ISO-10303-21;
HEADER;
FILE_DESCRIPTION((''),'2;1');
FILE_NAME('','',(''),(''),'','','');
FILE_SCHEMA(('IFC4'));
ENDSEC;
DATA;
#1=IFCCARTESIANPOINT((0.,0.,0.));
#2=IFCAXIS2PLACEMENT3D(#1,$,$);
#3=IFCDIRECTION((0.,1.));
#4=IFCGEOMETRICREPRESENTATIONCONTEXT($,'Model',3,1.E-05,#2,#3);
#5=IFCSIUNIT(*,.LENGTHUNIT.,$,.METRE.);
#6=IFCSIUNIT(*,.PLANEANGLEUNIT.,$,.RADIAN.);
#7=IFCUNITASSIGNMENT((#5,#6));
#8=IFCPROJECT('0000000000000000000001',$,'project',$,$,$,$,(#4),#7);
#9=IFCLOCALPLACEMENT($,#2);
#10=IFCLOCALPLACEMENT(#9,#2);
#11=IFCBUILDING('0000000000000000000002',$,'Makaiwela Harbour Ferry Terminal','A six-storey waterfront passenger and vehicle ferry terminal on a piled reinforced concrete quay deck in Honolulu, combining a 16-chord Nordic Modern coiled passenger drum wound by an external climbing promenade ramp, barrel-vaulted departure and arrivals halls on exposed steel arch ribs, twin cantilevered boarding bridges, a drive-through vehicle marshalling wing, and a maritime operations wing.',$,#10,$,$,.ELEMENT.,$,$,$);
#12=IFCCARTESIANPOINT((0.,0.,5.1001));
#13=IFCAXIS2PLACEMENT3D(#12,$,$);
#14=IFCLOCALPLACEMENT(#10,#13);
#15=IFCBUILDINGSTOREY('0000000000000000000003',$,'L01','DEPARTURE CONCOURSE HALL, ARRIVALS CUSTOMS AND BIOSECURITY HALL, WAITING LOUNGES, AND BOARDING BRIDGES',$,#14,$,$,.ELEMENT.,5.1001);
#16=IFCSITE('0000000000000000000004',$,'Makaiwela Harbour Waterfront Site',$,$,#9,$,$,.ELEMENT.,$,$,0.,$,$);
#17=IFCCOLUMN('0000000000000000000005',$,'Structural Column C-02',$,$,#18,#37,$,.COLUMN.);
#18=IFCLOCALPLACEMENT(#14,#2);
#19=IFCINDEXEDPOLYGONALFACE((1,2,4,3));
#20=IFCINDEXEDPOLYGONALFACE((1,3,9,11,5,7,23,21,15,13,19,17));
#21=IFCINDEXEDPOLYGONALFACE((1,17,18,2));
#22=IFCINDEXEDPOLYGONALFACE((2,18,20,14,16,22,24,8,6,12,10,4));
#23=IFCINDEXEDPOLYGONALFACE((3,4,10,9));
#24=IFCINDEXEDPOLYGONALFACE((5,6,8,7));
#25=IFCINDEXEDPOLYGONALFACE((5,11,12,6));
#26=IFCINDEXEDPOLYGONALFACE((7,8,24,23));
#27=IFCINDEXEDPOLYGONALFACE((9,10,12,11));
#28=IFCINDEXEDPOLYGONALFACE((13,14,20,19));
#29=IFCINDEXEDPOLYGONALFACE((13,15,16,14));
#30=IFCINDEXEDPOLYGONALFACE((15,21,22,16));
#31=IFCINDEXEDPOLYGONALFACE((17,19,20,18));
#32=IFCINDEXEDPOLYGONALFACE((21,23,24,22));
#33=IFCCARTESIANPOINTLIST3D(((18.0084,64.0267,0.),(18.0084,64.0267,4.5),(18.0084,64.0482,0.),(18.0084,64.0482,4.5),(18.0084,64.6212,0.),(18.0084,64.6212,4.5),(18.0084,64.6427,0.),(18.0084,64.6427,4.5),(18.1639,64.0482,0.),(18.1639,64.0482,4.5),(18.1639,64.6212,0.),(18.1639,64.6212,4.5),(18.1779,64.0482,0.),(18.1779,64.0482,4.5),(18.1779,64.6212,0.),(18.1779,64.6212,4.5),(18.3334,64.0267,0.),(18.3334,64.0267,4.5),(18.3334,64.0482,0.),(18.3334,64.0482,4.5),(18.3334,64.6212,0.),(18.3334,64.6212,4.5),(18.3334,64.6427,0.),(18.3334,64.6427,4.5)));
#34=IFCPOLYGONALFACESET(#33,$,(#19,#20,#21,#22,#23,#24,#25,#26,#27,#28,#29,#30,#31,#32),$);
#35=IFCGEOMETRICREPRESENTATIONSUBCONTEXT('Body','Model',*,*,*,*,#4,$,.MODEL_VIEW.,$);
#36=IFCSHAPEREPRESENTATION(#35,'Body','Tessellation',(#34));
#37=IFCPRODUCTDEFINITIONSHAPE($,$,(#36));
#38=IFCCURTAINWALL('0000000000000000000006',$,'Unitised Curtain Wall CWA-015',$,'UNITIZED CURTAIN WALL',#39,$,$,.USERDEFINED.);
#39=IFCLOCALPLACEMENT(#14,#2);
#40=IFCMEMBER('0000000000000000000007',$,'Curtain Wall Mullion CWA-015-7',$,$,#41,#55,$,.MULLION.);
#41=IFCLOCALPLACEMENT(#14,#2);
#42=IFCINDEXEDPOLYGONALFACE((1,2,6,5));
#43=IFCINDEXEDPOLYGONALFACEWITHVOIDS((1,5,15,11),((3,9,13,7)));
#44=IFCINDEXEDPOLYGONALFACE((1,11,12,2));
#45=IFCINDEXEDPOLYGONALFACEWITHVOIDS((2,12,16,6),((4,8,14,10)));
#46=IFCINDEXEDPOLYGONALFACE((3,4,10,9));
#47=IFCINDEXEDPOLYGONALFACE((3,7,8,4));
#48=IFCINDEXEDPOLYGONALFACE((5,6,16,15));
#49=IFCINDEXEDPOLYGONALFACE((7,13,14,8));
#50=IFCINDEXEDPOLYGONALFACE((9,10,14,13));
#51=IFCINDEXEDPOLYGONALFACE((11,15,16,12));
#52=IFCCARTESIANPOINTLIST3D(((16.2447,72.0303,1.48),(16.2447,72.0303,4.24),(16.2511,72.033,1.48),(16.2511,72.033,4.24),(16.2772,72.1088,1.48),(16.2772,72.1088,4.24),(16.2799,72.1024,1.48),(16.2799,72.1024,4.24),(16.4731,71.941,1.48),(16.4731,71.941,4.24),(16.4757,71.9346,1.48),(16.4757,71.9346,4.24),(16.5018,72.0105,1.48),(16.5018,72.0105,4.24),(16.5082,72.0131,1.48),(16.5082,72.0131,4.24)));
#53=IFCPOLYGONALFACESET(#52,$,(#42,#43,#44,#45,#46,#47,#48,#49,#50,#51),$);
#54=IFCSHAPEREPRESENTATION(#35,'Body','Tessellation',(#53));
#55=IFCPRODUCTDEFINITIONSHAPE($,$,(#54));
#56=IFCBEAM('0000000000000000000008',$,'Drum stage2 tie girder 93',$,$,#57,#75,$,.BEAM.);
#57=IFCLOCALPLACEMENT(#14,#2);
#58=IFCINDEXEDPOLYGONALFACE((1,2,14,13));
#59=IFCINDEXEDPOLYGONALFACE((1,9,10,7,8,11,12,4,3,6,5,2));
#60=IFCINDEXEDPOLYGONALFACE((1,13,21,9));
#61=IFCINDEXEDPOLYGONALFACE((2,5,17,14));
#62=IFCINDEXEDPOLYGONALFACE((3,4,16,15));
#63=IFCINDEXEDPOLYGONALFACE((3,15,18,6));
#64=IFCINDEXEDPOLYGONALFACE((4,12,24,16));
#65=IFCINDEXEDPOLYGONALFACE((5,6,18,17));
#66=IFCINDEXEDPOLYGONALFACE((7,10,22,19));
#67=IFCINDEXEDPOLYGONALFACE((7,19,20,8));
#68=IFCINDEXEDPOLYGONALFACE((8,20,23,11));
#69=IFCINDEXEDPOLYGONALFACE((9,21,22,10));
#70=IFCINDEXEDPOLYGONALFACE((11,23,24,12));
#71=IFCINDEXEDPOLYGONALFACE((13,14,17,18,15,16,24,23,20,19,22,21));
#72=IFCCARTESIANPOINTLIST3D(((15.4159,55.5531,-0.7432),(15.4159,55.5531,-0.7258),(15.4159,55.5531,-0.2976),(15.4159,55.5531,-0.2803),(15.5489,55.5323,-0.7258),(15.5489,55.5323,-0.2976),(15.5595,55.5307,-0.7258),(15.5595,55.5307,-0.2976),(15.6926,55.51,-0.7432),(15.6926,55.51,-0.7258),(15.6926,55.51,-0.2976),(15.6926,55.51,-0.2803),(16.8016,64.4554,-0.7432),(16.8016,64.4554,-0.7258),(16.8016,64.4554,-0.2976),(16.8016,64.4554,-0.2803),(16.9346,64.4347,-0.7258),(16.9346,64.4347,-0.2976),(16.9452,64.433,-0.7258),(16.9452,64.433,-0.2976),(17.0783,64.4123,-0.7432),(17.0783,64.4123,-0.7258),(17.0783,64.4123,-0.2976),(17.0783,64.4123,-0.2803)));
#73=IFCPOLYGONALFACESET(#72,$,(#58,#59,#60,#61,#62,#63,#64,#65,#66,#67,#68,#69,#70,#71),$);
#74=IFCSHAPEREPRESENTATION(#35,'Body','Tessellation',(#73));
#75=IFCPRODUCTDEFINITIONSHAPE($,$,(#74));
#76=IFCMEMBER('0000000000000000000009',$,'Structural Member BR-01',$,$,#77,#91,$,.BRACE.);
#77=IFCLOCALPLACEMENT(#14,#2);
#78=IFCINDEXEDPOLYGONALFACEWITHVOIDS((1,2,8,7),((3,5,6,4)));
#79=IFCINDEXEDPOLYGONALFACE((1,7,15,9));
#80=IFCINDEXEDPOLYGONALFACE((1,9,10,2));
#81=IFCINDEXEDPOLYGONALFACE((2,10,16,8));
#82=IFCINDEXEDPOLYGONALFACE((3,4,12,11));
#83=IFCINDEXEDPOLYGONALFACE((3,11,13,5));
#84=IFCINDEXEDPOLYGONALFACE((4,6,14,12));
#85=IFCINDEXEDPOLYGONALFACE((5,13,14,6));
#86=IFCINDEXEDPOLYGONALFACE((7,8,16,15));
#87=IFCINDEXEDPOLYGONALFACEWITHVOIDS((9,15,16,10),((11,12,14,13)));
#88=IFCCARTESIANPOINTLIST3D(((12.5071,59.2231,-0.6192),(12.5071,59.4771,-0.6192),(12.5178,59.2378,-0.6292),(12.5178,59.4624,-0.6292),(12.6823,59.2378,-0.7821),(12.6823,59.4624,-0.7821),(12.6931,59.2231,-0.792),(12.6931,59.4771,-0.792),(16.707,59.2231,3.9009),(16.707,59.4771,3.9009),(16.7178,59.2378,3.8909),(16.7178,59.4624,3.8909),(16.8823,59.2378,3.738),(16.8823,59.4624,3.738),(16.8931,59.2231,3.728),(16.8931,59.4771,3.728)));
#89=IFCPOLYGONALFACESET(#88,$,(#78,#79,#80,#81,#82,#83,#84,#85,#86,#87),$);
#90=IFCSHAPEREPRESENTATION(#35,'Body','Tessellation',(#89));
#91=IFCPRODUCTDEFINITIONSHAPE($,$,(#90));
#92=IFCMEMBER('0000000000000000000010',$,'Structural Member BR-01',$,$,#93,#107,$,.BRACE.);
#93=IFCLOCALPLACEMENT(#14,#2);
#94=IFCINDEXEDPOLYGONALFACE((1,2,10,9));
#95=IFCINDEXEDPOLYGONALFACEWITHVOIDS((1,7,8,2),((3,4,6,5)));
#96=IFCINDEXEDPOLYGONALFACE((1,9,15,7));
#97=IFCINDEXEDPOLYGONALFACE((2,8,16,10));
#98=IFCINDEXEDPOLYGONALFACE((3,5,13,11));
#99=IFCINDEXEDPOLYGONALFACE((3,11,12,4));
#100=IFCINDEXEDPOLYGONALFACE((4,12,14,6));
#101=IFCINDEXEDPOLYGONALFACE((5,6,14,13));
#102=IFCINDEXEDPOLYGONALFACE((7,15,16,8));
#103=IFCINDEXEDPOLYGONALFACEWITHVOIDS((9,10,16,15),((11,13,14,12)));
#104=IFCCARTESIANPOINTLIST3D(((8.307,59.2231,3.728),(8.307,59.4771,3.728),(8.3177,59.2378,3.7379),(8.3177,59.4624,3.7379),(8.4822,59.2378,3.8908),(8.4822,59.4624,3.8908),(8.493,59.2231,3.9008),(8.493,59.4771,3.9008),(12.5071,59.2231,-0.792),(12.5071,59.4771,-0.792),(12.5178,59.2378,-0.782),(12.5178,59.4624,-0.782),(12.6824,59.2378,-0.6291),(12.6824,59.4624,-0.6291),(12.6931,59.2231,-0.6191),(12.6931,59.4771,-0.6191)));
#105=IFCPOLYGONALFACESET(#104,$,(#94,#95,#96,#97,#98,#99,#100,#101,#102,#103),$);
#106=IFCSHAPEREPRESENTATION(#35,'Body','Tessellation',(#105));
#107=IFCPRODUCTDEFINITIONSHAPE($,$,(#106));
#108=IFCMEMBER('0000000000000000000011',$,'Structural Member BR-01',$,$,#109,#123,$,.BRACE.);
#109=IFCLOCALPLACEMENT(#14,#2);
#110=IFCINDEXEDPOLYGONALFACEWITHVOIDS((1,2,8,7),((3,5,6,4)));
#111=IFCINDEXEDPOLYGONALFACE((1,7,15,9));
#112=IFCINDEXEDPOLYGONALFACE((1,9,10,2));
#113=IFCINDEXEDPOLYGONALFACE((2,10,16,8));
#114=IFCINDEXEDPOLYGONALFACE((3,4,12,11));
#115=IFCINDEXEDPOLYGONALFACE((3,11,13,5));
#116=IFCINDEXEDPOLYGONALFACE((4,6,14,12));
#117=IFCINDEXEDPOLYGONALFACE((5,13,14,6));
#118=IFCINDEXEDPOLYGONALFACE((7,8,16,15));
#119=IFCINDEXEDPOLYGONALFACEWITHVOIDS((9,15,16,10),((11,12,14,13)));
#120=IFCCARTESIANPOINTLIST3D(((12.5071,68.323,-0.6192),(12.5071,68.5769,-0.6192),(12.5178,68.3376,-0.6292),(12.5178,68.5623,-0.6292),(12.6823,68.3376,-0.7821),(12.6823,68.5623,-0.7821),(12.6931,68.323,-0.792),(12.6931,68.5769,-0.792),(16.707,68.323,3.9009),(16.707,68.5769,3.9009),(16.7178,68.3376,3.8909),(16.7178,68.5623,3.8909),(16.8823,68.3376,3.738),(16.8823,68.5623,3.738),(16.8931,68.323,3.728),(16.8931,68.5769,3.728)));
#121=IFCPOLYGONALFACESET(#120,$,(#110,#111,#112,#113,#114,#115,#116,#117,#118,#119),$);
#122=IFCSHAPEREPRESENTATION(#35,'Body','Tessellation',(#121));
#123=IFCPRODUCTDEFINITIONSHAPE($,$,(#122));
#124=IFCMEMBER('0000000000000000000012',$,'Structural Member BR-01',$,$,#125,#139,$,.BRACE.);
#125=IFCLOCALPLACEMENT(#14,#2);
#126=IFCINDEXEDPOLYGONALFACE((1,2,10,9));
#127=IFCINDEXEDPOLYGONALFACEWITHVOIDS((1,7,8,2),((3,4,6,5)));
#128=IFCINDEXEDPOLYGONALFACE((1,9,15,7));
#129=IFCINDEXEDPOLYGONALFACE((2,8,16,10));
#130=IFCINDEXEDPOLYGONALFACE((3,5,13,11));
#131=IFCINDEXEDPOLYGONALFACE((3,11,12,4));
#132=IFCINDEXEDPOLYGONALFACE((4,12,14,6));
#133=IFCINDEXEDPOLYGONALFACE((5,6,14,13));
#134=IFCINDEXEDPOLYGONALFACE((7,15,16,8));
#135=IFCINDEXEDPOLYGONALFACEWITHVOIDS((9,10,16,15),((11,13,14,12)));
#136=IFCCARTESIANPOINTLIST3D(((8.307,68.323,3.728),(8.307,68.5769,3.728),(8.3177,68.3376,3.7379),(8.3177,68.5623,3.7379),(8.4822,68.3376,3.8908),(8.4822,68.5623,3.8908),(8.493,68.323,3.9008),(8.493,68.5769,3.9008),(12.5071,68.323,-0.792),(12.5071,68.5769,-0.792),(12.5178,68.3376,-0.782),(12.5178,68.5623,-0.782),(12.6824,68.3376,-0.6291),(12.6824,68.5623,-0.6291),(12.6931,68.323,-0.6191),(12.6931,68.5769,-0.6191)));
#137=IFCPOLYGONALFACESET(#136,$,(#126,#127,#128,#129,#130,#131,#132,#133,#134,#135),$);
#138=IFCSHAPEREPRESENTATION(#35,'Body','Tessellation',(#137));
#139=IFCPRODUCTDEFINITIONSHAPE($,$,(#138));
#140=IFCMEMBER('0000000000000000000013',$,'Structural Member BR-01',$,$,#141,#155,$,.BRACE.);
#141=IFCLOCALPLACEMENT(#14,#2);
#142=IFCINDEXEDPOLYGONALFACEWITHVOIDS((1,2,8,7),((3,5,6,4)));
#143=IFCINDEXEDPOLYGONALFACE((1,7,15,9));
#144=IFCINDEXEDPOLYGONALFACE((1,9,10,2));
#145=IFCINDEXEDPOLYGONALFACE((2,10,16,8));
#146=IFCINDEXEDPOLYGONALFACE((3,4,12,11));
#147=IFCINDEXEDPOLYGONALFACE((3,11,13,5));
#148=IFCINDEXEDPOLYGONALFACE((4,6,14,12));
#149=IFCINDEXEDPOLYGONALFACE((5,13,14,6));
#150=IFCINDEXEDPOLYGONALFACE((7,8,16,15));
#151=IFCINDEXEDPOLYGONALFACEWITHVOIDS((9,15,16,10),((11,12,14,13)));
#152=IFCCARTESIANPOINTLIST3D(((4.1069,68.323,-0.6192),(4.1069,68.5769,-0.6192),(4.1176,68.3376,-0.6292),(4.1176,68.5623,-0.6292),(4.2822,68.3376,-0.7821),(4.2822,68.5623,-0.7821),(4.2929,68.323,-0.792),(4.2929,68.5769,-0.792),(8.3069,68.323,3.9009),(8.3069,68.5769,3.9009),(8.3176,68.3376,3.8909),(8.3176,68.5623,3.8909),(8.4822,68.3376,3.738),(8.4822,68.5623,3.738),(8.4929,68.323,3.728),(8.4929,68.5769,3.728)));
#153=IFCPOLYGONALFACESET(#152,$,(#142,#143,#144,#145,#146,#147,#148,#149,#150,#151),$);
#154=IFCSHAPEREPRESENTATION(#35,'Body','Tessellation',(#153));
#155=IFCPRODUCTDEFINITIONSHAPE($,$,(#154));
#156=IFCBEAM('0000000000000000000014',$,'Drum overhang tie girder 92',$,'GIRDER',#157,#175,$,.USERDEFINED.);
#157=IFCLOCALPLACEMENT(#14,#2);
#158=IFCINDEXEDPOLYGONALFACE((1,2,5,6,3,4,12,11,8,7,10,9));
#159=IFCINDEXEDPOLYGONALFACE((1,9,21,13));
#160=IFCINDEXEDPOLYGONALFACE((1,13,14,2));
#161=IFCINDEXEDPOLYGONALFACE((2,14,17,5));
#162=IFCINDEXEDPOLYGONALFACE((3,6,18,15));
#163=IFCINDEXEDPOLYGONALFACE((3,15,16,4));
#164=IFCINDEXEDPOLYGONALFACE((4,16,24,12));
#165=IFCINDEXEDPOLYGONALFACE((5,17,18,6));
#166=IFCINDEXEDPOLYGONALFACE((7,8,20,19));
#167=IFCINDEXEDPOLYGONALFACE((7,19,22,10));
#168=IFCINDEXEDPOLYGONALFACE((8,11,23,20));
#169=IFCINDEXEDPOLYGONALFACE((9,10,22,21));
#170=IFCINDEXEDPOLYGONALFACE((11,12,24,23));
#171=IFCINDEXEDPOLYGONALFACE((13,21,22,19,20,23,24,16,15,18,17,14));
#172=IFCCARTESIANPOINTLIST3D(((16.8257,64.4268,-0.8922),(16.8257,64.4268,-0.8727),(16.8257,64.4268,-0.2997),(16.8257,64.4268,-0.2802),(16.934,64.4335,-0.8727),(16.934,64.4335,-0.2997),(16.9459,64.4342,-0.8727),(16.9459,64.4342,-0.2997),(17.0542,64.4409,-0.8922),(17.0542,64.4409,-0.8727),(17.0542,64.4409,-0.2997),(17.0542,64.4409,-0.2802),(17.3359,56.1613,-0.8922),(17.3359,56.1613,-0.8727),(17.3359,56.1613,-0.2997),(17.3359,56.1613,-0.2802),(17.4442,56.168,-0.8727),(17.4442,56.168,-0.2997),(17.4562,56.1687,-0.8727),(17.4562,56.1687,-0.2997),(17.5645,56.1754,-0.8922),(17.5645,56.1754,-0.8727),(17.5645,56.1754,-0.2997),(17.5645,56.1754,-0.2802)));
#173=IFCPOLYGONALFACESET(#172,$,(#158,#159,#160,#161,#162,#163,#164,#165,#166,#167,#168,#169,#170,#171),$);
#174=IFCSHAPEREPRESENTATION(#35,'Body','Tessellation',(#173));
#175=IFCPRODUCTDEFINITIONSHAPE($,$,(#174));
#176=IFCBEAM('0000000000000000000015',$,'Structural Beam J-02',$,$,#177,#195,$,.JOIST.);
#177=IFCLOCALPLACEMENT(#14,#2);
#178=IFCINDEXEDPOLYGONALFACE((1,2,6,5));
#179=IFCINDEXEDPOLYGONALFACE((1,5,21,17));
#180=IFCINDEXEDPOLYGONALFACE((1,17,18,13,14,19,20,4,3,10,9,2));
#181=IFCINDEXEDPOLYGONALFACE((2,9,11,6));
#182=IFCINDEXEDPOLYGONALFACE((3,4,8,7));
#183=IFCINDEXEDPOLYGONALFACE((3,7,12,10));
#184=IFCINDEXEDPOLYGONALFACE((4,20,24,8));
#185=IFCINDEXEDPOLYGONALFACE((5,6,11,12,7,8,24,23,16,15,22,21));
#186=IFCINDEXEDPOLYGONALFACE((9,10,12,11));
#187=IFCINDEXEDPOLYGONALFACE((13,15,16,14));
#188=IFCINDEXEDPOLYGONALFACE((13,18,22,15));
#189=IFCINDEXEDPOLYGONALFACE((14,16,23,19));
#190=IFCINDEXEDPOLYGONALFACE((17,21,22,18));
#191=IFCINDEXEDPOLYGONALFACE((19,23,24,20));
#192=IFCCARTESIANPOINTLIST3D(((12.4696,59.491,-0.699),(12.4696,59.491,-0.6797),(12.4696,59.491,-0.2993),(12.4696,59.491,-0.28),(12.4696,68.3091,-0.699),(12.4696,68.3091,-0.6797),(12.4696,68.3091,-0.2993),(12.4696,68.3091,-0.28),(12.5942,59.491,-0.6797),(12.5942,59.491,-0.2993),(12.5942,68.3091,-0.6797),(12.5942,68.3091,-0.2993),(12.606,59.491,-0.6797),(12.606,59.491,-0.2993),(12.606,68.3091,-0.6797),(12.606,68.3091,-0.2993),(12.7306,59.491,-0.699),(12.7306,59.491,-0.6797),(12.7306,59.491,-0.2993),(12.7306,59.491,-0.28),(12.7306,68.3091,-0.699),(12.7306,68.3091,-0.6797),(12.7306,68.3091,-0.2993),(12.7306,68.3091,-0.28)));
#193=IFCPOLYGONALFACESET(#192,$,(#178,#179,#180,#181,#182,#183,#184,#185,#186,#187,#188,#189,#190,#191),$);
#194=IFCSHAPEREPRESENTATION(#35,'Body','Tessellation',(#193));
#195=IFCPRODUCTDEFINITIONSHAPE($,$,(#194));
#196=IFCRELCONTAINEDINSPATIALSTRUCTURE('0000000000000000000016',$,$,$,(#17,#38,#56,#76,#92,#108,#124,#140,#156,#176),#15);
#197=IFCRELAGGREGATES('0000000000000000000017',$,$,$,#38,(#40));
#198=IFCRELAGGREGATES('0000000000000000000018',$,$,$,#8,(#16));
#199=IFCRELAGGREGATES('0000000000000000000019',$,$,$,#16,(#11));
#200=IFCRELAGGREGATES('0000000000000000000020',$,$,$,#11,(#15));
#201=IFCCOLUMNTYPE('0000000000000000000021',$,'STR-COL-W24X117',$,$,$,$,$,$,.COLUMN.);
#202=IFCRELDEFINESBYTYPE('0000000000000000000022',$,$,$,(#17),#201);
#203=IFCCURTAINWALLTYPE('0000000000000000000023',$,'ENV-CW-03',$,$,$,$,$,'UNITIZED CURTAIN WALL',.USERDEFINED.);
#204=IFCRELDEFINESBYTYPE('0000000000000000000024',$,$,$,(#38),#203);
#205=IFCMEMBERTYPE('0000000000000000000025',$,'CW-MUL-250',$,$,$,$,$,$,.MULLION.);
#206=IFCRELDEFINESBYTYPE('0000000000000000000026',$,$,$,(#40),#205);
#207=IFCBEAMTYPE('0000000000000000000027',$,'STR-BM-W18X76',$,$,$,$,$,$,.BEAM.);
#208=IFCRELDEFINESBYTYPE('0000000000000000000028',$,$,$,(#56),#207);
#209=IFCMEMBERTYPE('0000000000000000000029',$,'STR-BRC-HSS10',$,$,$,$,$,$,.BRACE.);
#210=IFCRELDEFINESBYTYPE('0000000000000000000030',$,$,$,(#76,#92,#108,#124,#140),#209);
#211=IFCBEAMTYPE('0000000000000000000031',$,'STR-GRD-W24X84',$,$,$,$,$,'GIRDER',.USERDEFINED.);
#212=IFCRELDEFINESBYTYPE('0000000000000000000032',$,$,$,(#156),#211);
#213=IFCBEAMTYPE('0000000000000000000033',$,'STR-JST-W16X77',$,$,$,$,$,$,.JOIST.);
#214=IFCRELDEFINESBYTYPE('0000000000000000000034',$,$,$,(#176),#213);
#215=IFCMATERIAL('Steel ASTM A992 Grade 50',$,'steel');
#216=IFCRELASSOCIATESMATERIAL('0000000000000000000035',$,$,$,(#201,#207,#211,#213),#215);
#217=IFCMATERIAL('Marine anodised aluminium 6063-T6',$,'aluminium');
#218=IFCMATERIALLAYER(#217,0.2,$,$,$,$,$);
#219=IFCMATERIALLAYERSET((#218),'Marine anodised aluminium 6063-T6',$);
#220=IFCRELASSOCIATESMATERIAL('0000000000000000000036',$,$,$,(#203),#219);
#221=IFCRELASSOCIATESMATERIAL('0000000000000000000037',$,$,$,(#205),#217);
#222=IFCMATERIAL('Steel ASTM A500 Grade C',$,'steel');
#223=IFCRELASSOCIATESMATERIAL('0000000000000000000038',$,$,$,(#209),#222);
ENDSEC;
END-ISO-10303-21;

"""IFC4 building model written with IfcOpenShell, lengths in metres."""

from ifc_helpers import new_model, si_unit, direction, frame, origin, origin_2d, place, context, subcontext, project, spatial, hollow_rectangle, i_section, extrude, material, layer, layer_set, material_profile, profile_set, type_object, element, aggregate, save


model = new_model("IFC4")

# Units and contexts
model_context = context("Model", 3, precision=1e-05, world=origin(), true_north=direction((0.0, 1.0)))
body_context = subcontext(model_context, "Body", "Model", "MODEL_VIEW")
ifc_project = project(units=[si_unit("LENGTHUNIT", "METRE"), si_unit("PLANEANGLEUNIT", "RADIAN")], contexts=[model_context])

# Site, building, storey
site_placement = place(None, origin())
site = spatial("IfcSite", under=ifc_project, at=site_placement, Name="Makaiwela Harbour Waterfront Site", CompositionType="ELEMENT", RefElevation=0.0)
building_placement = place(site_placement, origin())
building = spatial("IfcBuilding", under=site, at=building_placement, Name="Makaiwela Harbour Ferry Terminal", Description="A six-storey waterfront passenger and vehicle ferry terminal on a piled reinforced concrete quay deck in Honolulu, combining a 16-chord Nordic Modern coiled passenger drum wound by an external climbing promenade ramp, barrel-vaulted departure and arrivals halls on exposed steel arch ribs, twin cantilevered boarding bridges, a drive-through vehicle marshalling wing, and a maritime operations wing.", CompositionType="ELEMENT")
storey_placement = place(building_placement, frame((0.0, 0.0, 5.1001)))
storey = spatial("IfcBuildingStorey", under=building, at=storey_placement, Name="L01", Description="DEPARTURE CONCOURSE HALL, ARRIVALS CUSTOMS AND BIOSECURITY HALL, WAITING LOUNGES, AND BOARDING BRIDGES", CompositionType="ELEMENT", Elevation=5.1001)

# Column
ifc_material_1 = material(Name="Steel ASTM A992 Grade 50", Category="steel")
ifc_material_profile_1 = material_profile(ifc_material_1, i_section(OverallWidth=0.325, OverallDepth=0.616, WebThickness=0.0139, FlangeThickness=0.0215, at=origin_2d()), Name="W24X117")
ifc_profile_set_1 = profile_set([ifc_material_profile_1], Name="Steel ASTM A992 Grade 50")
column_type = type_object("IfcColumnType", Name="STR-COL-W24X117", PredefinedType="COLUMN", material=ifc_profile_set_1)
column_placement = place(storey_placement, frame((18.1709, 64.3347, 0.0), z_axis=(0.0, 0.0, 1.0), x_axis=(1.0, 0.0, 0.0)))
element("IfcColumn", 1, at=column_placement, inside=storey, type_object=column_type, Name="Structural Column C-02", PredefinedType="COLUMN", context=body_context, shape_type="SweptSolid", body=[
    extrude(i_section(OverallWidth=0.325, OverallDepth=0.616, WebThickness=0.0139, FlangeThickness=0.0215, at=origin_2d()), origin(), (0.0, 0.0, 1.0), 4.5),
])

# Curtain wall, member
ifc_material_2 = material(Name="Marine anodised aluminium 6063-T6", Category="aluminium")
ifc_layer_1 = layer(ifc_material_2, 0.2)
ifc_layer_set_1 = layer_set([ifc_layer_1], Name="Marine anodised aluminium 6063-T6")
curtain_wall_type = type_object("IfcCurtainWallType", Name="ENV-CW-03", ElementType="UNITIZED CURTAIN WALL", PredefinedType="USERDEFINED", material=ifc_layer_set_1)
curtain_wall_placement = place(storey_placement, origin())
curtain_wall = element("IfcCurtainWall", 2, at=curtain_wall_placement, inside=storey, type_object=curtain_wall_type, Name="Unitised Curtain Wall CWA-015", ObjectType="UNITIZED CURTAIN WALL", PredefinedType="USERDEFINED")
ifc_material_profile_2 = material_profile(ifc_material_2, hollow_rectangle(XDim=0.085, YDim=0.25, WallThickness=0.0049, at=origin_2d()), Name="CWM-250X85")
ifc_profile_set_2 = profile_set([ifc_material_profile_2], Name="Marine anodised aluminium 6063-T6")
member_type_1 = type_object("IfcMemberType", Name="CW-MUL-250", PredefinedType="MULLION", material=ifc_profile_set_2)
member_placement = place(storey_placement, frame((16.3765, 72.0217, 1.48), z_axis=(0.0, 0.0, 1.0), x_axis=(0.382683, 0.92388, 0.0)))
member = element("IfcMember", 3, at=member_placement, type_object=member_type_1, Name="Curtain Wall Mullion CWA-015-7", PredefinedType="MULLION", context=body_context, shape_type="SweptSolid", body=[
    extrude(hollow_rectangle(XDim=0.085, YDim=0.25, WallThickness=0.0049, at=origin_2d()), origin(), (0.0, 0.0, 1.0), 2.76),
])

# Beam
ifc_material_profile_3 = material_profile(ifc_material_1, i_section(OverallWidth=0.28, OverallDepth=0.4629, WebThickness=0.0107, FlangeThickness=0.0173, at=origin_2d()), Name="W18X76")
ifc_profile_set_3 = profile_set([ifc_material_profile_3], Name="Steel ASTM A992 Grade 50")
beam_type_1 = type_object("IfcBeamType", Name="STR-BM-W18X76", PredefinedType="BEAM", material=ifc_profile_set_3)
beam_1_placement = place(storey_placement, frame((16.9399, 64.4338, -0.5117), z_axis=(-0.153808, -0.988101, 0.0), x_axis=(0.988101, -0.153808, 0.0)))
element("IfcBeam", 4, at=beam_1_placement, inside=storey, type_object=beam_type_1, Name="Drum stage2 tie girder 93", PredefinedType="BEAM", context=body_context, shape_type="SweptSolid", body=[
    extrude(i_section(OverallWidth=0.28, OverallDepth=0.4629, WebThickness=0.0107, FlangeThickness=0.0173, at=origin_2d()), origin(), (0.0, 0.0, 1.0), 9.0095),
])

# Members
ifc_material_3 = material(Name="Steel ASTM A500 Grade C", Category="steel")
ifc_material_profile_4 = material_profile(ifc_material_3, hollow_rectangle(XDim=0.2539, YDim=0.2539, WallThickness=0.0146, at=origin_2d()), Name="HSS10X10X5/8")
ifc_profile_set_4 = profile_set([ifc_material_profile_4], Name="Steel ASTM A500 Grade C")
member_type_2 = type_object("IfcMemberType", Name="STR-BRC-HSS10", PredefinedType="BRACE", material=ifc_profile_set_4)
for number, where, z_axis, x_axis, name in (
    (5, (16.8, 59.3501, 3.8145), (-0.680694, 0.0, -0.732568), (0.0, -1.0, 0.0), "Structural Member BR-01"),
    (6, (12.6001, 59.3501, -0.7056), (-0.680715, 0.0, 0.732548), (0.0, -1.0, 0.0), "Structural Member BR-01"),
    (7, (16.8, 68.45, 3.8145), (-0.680694, 0.0, -0.732568), (0.0, -1.0, 0.0), "Structural Member BR-01"),
    (8, (12.6001, 68.45, -0.7056), (-0.680715, 0.0, 0.732548), (0.0, -1.0, 0.0), "Structural Member BR-01"),
    (9, (8.3999, 68.45, 3.8145), (-0.680694, 0.0, -0.732568), (0.0, -1.0, 0.0), "Structural Member BR-01"),
):
    element("IfcMember", number, at=place(storey_placement, frame(where, z_axis=z_axis, x_axis=x_axis)), inside=storey, type_object=member_type_2, Name=name, PredefinedType="BRACE", context=body_context, shape_type="SweptSolid", body=[
        extrude(hollow_rectangle(XDim=0.2539, YDim=0.2539, WallThickness=0.0146, at=origin_2d()), origin(), (0.0, 0.0, 1.0), 6.1702),
    ])

# Beams
ifc_material_profile_5 = material_profile(ifc_material_1, i_section(OverallWidth=0.229, OverallDepth=0.6121, WebThickness=0.012, FlangeThickness=0.0195, at=origin_2d()), Name="W24X84")
ifc_profile_set_5 = profile_set([ifc_material_profile_5], Name="Steel ASTM A992 Grade 50")
beam_type_2 = type_object("IfcBeamType", Name="STR-GRD-W24X84", ElementType="GIRDER", PredefinedType="USERDEFINED", material=ifc_profile_set_5)
beam_2_placement = place(storey_placement, frame((16.9399, 64.4338, -0.5862), z_axis=(0.061615, -0.9981, 0.0), x_axis=(0.9981, 0.061615, 0.0)))
element("IfcBeam", 10, at=beam_2_placement, inside=storey, type_object=beam_type_2, Name="Drum overhang tie girder 92", ObjectType="GIRDER", PredefinedType="USERDEFINED", context=body_context, shape_type="SweptSolid", body=[
    extrude(i_section(OverallWidth=0.229, OverallDepth=0.6121, WebThickness=0.012, FlangeThickness=0.0195, at=origin_2d()), origin(), (0.0, 0.0, 1.0), 8.2812),
])
ifc_material_profile_6 = material_profile(ifc_material_1, i_section(OverallWidth=0.261, OverallDepth=0.4189, WebThickness=0.0117, FlangeThickness=0.0193, at=origin_2d()), Name="W16X77")
ifc_profile_set_6 = profile_set([ifc_material_profile_6], Name="Steel ASTM A992 Grade 50")
beam_type_3 = type_object("IfcBeamType", Name="STR-JST-W16X77", PredefinedType="JOIST", material=ifc_profile_set_6)
beam_3_placement = place(storey_placement, frame((12.6001, 59.491, -0.4895), z_axis=(0.0, 1.0, 0.0), x_axis=(-1.0, 0.0, 0.0)))
element("IfcBeam", 11, at=beam_3_placement, inside=storey, type_object=beam_type_3, Name="Structural Beam J-02", PredefinedType="JOIST", context=body_context, shape_type="SweptSolid", body=[
    extrude(i_section(OverallWidth=0.261, OverallDepth=0.4189, WebThickness=0.0117, FlangeThickness=0.0193, at=origin_2d()), origin(), (0.0, 0.0, 1.0), 8.8181),
])

aggregate(curtain_wall, [member])

save(model, "model.ifc")
